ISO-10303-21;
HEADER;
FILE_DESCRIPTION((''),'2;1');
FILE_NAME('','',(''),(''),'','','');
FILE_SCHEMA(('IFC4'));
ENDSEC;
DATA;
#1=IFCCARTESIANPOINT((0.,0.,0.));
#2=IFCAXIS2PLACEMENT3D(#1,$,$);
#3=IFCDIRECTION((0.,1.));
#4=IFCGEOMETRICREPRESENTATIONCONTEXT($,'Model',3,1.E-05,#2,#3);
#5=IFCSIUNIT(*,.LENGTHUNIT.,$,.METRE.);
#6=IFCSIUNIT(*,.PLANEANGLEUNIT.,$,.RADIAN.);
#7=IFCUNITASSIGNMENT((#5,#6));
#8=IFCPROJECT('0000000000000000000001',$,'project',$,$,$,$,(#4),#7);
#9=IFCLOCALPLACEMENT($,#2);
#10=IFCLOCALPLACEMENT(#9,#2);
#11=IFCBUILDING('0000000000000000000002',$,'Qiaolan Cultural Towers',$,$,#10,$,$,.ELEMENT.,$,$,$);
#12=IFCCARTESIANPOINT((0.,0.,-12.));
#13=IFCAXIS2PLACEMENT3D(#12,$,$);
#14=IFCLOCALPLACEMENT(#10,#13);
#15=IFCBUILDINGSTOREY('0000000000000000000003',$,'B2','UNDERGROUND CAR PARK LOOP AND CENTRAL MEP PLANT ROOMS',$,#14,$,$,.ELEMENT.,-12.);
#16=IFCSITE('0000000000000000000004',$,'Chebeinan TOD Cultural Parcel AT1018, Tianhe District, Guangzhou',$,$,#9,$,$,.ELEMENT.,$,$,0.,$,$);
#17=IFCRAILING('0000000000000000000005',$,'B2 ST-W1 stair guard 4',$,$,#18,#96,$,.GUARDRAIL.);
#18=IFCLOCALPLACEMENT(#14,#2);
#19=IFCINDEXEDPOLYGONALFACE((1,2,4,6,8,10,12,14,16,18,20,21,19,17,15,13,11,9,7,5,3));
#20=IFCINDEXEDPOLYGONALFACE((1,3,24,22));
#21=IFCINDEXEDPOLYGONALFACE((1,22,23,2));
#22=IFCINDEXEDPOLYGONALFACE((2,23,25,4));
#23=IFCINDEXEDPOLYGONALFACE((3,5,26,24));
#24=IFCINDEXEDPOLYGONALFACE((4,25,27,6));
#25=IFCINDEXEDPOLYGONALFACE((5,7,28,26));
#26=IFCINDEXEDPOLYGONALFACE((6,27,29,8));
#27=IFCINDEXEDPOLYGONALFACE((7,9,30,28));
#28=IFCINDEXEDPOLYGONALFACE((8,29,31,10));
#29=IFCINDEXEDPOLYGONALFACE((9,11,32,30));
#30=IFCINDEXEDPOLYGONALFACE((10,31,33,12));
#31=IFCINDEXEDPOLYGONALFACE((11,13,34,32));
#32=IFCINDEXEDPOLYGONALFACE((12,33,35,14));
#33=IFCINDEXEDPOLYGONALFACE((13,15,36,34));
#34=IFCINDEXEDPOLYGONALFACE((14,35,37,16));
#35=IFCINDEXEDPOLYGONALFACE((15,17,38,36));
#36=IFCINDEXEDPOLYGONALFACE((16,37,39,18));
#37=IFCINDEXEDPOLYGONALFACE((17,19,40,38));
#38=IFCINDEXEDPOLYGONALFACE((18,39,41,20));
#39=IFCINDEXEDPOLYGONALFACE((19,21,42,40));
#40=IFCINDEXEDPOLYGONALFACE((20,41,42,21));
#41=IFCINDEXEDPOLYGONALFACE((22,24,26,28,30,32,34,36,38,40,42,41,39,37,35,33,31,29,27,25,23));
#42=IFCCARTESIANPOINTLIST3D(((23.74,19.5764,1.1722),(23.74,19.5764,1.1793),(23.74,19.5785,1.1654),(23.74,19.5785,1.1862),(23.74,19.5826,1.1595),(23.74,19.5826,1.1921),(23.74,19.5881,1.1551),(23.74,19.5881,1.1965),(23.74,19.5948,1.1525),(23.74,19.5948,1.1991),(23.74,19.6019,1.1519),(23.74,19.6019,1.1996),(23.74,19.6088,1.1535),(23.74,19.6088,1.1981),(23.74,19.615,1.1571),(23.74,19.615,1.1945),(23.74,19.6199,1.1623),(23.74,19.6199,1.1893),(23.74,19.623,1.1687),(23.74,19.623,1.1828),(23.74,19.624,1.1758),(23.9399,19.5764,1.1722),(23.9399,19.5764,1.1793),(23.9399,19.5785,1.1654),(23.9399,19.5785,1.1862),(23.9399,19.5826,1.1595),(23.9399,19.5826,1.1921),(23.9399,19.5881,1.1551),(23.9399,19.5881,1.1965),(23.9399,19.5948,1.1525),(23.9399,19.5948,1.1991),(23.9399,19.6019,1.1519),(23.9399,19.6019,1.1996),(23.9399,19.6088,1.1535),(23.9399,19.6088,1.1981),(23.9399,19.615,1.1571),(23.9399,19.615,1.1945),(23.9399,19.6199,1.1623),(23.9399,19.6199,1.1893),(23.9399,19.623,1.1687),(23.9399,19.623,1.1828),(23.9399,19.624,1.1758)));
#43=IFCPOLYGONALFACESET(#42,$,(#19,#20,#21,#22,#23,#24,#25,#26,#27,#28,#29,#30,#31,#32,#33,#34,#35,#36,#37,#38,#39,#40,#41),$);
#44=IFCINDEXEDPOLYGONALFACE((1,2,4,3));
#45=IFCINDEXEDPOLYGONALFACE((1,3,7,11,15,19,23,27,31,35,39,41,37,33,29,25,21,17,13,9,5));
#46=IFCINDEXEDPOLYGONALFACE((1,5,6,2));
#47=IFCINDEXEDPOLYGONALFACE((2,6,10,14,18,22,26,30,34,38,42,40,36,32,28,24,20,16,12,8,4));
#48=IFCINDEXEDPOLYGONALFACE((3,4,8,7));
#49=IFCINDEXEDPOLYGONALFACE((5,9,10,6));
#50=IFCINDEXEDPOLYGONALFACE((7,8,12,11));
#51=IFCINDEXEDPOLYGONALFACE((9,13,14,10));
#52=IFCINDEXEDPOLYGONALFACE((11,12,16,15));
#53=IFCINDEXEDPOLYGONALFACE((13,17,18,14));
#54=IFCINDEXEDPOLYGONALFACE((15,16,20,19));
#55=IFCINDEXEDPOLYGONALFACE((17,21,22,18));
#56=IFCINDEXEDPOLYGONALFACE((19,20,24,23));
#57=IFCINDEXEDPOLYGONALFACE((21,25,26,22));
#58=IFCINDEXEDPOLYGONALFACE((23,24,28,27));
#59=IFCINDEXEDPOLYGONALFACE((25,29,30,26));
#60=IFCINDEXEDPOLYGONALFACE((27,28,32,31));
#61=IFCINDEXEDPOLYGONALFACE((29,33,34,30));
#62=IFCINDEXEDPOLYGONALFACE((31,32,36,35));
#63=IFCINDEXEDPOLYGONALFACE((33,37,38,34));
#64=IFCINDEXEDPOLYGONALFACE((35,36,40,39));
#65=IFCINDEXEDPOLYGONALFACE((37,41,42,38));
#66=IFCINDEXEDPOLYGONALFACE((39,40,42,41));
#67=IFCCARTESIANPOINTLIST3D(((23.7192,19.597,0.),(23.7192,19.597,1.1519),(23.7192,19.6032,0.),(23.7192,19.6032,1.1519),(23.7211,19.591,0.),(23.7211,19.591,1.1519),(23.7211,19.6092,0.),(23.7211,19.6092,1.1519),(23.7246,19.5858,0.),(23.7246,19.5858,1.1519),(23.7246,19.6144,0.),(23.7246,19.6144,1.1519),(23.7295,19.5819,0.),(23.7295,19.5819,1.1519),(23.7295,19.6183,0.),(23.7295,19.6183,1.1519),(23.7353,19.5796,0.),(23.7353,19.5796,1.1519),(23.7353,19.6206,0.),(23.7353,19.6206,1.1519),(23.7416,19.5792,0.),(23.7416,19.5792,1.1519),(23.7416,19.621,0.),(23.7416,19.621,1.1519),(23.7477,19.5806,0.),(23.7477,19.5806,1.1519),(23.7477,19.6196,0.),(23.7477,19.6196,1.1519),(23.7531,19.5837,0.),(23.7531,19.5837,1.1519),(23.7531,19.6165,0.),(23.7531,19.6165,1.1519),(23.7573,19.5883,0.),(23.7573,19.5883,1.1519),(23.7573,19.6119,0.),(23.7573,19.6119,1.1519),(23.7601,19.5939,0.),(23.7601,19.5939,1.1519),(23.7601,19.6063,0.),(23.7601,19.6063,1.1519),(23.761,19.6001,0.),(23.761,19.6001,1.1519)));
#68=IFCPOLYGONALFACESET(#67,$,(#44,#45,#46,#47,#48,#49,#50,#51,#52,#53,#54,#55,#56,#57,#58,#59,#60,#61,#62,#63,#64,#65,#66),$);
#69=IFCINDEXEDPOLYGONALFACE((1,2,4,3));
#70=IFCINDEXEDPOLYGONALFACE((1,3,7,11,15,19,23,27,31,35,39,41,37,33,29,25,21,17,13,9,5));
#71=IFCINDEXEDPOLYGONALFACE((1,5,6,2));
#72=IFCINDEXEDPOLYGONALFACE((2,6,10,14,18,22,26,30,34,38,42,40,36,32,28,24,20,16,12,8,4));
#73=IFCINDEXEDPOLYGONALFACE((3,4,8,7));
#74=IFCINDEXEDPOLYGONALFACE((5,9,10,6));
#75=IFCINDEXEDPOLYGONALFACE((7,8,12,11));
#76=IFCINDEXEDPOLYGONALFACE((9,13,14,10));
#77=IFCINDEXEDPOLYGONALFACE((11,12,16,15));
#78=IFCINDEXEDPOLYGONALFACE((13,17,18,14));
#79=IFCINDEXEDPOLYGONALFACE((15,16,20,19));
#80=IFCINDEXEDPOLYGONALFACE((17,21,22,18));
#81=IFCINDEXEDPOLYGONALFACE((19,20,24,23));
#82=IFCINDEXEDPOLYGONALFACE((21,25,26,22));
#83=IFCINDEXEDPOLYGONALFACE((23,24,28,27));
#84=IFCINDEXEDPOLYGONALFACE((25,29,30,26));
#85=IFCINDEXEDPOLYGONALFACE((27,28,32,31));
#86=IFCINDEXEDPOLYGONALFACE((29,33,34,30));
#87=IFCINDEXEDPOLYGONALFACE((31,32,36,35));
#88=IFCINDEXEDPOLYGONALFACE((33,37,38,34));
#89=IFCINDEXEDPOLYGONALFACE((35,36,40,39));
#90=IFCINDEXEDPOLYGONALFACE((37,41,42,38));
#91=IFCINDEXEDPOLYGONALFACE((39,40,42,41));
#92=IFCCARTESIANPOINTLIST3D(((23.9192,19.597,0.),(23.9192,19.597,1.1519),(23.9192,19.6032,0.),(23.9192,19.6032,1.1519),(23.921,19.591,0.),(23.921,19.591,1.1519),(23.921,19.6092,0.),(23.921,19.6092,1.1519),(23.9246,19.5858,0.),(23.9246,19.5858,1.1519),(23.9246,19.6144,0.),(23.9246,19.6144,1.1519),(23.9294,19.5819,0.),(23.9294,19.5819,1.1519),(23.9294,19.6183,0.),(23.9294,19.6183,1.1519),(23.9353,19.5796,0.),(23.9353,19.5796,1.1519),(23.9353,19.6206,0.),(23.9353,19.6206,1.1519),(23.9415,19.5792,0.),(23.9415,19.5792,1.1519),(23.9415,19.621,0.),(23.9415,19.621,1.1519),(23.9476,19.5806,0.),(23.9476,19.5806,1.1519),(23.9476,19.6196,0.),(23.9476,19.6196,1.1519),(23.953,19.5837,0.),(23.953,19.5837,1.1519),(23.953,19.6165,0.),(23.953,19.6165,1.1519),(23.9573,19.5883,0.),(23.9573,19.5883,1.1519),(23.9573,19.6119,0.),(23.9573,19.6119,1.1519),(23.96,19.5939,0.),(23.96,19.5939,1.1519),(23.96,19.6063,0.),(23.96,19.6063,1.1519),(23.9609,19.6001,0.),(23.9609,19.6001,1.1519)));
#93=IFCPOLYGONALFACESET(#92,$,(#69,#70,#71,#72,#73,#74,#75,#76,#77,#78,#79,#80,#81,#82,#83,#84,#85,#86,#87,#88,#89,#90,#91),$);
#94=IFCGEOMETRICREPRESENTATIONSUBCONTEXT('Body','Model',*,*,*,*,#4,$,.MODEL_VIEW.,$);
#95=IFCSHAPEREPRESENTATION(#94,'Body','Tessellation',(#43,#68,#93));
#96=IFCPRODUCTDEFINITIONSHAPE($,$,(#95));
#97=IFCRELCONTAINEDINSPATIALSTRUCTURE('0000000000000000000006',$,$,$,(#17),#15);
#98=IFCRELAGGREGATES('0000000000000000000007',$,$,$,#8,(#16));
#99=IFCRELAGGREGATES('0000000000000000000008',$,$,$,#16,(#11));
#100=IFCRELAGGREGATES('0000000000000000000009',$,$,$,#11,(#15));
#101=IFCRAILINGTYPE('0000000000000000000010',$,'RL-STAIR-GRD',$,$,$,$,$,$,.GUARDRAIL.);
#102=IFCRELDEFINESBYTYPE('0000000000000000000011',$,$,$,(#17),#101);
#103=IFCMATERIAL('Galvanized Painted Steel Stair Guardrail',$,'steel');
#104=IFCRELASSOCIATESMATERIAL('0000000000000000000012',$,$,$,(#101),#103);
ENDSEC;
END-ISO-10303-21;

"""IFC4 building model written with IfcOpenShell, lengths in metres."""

from ifc_helpers import new_model, si_unit, direction, frame, origin, origin_2d, place, context, subcontext, project, spatial, circle, extrude, material, type_object, element, save


model = new_model("IFC4")

# Units and contexts
model_context = context("Model", 3, precision=1e-05, world=origin(), true_north=direction((0.0, 1.0)))
body_context = subcontext(model_context, "Body", "Model", "MODEL_VIEW")
ifc_project = project(units=[si_unit("LENGTHUNIT", "METRE"), si_unit("PLANEANGLEUNIT", "RADIAN")], contexts=[model_context])

# Site, building, storey
site_placement = place(None, origin())
site = spatial("IfcSite", under=ifc_project, at=site_placement, Name="Chebeinan TOD Cultural Parcel AT1018, Tianhe District, Guangzhou", CompositionType="ELEMENT", RefElevation=0.0)
building_placement = place(site_placement, origin())
building = spatial("IfcBuilding", under=site, at=building_placement, Name="Qiaolan Cultural Towers", CompositionType="ELEMENT")
storey_placement = place(building_placement, frame((0.0, 0.0, -12.0)))
storey = spatial("IfcBuildingStorey", under=building, at=storey_placement, Name="B2", Description="UNDERGROUND CAR PARK LOOP AND CENTRAL MEP PLANT ROOMS", CompositionType="ELEMENT", Elevation=-12.0)

# Railing
ifc_material_1 = material(Name="Galvanized Painted Steel Stair Guardrail", Category="steel")
railing_type_1 = type_object("IfcRailingType", Name="RL-STAIR-GRD", PredefinedType="GUARDRAIL", material=ifc_material_1)
railing_1_placement = place(storey_placement, frame((23.74, 19.6001, 0.0)))
element("IfcRailing", 1, at=railing_1_placement, inside=storey, type_object=railing_type_1, Name="B2 ST-W1 stair guard 4", PredefinedType="GUARDRAIL", context=body_context, shape_type="SweptSolid", body=[
    extrude(circle(Radius=0.0239, at=origin_2d()), frame((0.0, 0.0, 1.1758), z_axis=(1.0, 0.0, 0.0), x_axis=(0.0, 1.0, 0.0)), (0.0, 0.0, 1.0), 0.2),
    extrude(circle(Radius=0.021, at=origin_2d()), origin(), (0.0, 0.0, 1.0), 1.1519),
    extrude(circle(Radius=0.021, at=origin_2d()), frame((0.2, 0.0, 0.0)), (0.0, 0.0, 1.0), 1.1519),
])

save(model, "model.ifc")
